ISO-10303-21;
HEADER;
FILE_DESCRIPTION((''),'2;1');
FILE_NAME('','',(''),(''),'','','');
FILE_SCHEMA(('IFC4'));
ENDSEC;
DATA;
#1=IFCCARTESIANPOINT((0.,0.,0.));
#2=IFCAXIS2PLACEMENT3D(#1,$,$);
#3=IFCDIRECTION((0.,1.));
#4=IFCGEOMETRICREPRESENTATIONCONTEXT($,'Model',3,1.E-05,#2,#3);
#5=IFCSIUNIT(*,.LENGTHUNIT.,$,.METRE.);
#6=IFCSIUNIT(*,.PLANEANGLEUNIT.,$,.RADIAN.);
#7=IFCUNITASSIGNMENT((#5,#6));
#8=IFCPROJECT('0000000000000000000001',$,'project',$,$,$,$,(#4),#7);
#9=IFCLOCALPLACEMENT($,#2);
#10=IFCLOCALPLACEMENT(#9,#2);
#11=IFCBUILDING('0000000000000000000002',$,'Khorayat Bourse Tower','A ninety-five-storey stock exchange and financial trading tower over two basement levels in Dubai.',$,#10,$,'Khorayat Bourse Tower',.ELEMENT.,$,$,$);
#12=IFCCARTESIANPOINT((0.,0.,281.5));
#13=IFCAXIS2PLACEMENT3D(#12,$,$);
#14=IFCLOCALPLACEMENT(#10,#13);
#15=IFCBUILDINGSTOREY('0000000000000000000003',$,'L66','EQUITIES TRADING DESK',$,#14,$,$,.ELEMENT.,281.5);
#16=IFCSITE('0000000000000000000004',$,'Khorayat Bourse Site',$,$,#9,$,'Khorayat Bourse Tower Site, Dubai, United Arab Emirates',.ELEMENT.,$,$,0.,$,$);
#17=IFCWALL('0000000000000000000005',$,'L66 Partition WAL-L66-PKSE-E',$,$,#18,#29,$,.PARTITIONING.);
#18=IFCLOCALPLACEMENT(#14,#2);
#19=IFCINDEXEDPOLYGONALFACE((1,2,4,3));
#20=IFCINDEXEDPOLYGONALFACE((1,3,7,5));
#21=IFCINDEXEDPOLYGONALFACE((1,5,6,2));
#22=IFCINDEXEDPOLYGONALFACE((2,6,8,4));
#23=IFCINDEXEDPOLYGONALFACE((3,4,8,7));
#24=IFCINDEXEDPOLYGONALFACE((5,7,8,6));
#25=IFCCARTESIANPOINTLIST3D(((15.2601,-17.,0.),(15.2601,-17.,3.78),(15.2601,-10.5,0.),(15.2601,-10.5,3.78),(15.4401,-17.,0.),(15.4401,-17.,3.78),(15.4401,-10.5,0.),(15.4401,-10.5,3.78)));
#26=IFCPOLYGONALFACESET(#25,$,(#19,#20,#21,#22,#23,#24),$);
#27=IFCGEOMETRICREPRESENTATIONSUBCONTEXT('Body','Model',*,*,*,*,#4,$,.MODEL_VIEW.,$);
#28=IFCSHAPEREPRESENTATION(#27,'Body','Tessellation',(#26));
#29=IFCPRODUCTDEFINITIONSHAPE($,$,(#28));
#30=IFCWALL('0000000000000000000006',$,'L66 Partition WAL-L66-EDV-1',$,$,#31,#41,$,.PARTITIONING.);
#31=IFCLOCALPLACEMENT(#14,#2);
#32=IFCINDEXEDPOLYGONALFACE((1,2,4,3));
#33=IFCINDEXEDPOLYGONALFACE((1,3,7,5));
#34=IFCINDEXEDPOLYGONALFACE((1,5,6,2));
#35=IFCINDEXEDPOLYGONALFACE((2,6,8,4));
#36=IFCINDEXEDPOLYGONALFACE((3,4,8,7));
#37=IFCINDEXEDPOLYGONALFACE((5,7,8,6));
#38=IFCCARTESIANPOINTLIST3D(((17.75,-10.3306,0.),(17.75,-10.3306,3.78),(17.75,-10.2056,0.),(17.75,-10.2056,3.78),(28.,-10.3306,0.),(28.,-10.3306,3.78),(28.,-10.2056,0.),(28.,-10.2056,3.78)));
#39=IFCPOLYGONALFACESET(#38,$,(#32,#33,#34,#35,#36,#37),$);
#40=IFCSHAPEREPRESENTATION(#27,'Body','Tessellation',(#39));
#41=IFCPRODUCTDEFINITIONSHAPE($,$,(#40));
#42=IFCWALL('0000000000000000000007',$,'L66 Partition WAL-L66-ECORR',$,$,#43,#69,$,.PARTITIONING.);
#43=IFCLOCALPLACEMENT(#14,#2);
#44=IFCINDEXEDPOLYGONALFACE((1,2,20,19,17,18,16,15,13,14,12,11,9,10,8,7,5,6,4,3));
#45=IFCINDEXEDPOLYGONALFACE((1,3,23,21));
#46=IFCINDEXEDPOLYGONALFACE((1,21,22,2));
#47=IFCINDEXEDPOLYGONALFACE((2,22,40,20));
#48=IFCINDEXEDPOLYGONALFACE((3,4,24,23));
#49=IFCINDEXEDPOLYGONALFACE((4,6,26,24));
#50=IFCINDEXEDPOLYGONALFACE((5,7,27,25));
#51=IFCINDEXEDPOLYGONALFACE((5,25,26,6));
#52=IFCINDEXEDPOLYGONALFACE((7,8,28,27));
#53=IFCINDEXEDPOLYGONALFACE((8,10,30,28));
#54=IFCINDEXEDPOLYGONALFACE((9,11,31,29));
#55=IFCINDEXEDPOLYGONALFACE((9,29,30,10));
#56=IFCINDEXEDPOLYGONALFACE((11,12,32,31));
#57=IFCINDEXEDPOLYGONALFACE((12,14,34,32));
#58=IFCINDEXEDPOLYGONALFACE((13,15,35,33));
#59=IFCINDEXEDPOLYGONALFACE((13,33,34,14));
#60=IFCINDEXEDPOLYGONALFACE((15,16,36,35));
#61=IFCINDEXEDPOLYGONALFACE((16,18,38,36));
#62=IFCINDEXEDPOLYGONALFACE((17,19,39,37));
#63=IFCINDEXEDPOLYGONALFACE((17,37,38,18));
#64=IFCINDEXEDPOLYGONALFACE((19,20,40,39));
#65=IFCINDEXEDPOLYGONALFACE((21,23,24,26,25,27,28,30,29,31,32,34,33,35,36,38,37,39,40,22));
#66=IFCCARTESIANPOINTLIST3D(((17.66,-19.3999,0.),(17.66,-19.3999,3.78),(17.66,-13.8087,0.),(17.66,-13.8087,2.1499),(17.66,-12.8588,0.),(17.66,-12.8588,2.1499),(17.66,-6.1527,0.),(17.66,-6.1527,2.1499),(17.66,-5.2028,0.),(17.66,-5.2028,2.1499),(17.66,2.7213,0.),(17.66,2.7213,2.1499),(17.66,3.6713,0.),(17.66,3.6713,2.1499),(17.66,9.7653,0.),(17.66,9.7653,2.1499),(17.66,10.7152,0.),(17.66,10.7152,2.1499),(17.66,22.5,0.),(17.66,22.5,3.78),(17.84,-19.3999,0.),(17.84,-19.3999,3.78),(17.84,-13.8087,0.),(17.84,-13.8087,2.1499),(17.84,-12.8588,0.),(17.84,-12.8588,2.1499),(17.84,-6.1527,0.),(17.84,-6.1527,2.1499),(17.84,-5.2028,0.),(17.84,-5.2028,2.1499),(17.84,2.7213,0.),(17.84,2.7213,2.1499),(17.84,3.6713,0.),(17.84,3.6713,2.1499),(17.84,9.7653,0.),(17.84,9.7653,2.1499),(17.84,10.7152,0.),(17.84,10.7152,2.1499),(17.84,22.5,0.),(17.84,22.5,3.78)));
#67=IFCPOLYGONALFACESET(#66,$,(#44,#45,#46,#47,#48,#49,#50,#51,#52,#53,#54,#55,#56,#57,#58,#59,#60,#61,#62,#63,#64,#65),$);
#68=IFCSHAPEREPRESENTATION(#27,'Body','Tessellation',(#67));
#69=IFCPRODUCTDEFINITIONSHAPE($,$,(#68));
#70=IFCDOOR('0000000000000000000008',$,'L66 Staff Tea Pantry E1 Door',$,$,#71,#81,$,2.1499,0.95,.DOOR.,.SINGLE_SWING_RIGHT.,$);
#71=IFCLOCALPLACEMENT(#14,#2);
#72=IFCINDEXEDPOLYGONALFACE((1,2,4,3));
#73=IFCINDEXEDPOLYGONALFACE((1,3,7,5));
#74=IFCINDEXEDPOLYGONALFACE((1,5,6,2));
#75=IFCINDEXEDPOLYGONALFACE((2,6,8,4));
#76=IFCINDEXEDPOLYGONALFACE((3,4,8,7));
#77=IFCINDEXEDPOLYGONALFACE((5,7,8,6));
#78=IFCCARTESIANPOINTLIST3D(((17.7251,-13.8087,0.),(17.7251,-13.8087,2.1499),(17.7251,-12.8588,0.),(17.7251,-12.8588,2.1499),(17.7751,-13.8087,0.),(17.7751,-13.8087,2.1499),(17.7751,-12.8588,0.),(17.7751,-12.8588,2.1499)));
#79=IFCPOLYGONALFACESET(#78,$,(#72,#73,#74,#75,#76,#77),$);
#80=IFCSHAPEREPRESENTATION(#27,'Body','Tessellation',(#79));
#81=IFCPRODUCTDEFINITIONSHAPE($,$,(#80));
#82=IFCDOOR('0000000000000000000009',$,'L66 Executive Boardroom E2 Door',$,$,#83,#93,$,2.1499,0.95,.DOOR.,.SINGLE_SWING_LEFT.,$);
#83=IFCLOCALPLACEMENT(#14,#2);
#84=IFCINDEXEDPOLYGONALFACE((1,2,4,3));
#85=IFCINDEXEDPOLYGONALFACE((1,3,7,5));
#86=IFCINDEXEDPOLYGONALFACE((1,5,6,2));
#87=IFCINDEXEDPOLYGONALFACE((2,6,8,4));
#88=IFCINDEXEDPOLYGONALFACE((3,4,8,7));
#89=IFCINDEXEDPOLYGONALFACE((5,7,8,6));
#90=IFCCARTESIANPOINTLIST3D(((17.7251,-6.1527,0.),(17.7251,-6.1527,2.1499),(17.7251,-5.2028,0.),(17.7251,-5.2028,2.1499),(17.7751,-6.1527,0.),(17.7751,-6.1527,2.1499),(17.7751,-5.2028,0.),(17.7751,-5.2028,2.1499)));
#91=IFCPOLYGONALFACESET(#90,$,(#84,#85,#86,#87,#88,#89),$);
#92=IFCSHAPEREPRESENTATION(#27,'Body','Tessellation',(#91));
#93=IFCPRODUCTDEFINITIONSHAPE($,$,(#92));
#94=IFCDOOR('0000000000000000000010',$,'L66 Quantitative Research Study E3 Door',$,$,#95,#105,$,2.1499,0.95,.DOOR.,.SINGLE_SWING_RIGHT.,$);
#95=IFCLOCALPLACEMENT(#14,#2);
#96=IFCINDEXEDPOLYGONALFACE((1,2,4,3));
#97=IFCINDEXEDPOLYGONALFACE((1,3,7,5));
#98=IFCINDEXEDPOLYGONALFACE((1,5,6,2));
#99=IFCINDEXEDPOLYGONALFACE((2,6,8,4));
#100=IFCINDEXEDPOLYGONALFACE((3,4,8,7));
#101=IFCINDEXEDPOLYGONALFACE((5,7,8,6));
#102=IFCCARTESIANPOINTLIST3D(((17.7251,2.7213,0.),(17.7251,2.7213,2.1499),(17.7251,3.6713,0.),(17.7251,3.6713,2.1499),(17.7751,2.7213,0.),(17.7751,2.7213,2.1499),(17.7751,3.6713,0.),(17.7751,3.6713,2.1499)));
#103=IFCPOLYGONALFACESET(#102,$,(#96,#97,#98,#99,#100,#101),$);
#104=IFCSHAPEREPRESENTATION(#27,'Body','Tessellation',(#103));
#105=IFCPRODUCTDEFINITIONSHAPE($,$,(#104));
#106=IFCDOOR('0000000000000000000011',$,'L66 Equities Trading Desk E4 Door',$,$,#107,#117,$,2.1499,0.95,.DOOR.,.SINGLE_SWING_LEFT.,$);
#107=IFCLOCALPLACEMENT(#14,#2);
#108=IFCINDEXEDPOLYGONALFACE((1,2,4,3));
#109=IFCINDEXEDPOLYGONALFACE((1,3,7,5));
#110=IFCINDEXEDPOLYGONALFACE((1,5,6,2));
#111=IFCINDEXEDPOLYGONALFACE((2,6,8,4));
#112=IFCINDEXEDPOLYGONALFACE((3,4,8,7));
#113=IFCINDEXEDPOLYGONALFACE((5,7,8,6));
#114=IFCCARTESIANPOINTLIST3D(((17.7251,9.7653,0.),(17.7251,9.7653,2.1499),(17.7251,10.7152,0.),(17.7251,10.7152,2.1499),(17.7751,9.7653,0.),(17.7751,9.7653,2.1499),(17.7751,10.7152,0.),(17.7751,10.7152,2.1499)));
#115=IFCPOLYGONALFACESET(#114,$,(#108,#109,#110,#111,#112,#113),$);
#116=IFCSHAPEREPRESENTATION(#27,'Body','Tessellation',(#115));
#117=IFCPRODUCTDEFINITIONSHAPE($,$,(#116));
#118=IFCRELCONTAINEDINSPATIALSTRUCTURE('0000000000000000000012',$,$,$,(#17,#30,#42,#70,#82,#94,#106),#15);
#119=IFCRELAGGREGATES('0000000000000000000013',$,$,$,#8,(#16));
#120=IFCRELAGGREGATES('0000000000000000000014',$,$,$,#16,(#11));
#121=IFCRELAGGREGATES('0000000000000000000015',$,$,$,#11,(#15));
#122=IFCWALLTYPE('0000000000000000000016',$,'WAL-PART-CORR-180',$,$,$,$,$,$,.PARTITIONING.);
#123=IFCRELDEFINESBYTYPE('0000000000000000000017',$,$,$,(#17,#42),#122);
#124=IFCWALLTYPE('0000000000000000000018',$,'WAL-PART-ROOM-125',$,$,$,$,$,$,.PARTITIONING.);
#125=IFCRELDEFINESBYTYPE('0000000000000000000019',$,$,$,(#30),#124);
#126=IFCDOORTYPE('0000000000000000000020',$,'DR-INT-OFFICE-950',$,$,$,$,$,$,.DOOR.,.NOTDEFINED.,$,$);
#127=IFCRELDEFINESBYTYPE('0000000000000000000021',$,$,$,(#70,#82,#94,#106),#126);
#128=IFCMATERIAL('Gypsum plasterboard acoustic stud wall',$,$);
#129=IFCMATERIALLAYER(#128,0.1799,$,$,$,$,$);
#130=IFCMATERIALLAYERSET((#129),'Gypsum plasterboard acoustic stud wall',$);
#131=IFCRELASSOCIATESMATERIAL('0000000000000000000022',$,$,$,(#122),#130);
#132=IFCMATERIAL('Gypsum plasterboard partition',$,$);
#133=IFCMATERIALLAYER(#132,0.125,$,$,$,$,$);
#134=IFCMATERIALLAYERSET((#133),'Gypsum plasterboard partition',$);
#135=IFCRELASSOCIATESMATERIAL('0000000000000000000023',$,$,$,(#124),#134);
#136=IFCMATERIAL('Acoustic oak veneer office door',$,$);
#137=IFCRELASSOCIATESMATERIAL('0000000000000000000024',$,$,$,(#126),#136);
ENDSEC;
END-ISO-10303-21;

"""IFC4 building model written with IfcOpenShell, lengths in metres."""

from ifc_helpers import new_model, si_unit, direction, frame, frame_2d, origin, place, context, subcontext, project, spatial, rectangle, extrude, source, transform, mapped, material, layer, layer_set, type_object, element, fill, save


model = new_model("IFC4")

# Units and contexts
model_context = context("Model", 3, precision=1e-05, world=origin(), true_north=direction((0.0, 1.0)))
body_context = subcontext(model_context, "Body", "Model", "MODEL_VIEW")
ifc_project = project(units=[si_unit("LENGTHUNIT", "METRE"), si_unit("PLANEANGLEUNIT", "RADIAN")], contexts=[model_context])

# Site, building, storey
site_placement = place(None, origin())
site = spatial("IfcSite", under=ifc_project, at=site_placement, Name="Khorayat Bourse Site", LongName="Khorayat Bourse Tower Site, Dubai, United Arab Emirates", CompositionType="ELEMENT", RefElevation=0.0)
building_placement = place(site_placement, origin())
building = spatial("IfcBuilding", under=site, at=building_placement, Name="Khorayat Bourse Tower", Description="A ninety-five-storey stock exchange and financial trading tower over two basement levels in Dubai.", LongName="Khorayat Bourse Tower", CompositionType="ELEMENT")
storey_placement = place(building_placement, frame((0.0, 0.0, 281.5)))
storey = spatial("IfcBuildingStorey", under=building, at=storey_placement, Name="L66", Description="EQUITIES TRADING DESK", CompositionType="ELEMENT", Elevation=281.5)

# Shared definitions
ifc_material_1 = material(Name="Gypsum plasterboard acoustic stud wall")
ifc_layer_1 = layer(ifc_material_1, 0.1799)
ifc_layer_set_1 = layer_set([ifc_layer_1], Name="Gypsum plasterboard acoustic stud wall")
wall_type_1 = type_object("IfcWallType", Name="WAL-PART-CORR-180", PredefinedType="PARTITIONING", material=ifc_layer_set_1)

# Walls
shared_shape_1 = source(origin(), body_context, "Body", "SweptSolid", [
    extrude(rectangle(XDim=6.5, YDim=0.1799, at=frame_2d((3.25, 0.0))), origin(), (0.0, 0.0, 1.0), 3.78),
])
wall_1_placement = place(storey_placement, frame((15.3501, -17.0, 0.0), z_axis=(0.0, 0.0, 1.0), x_axis=(0.0, 1.0, 0.0)))
element("IfcWall", 1, at=wall_1_placement, inside=storey, type_object=wall_type_1, Name="L66 Partition WAL-L66-PKSE-E", PredefinedType="PARTITIONING", context=body_context, shape_type="MappedRepresentation", body=[
    mapped(shared_shape_1, transform((0.0, 0.0, 0.0), scale=1.0)),
])
ifc_material_2 = material(Name="Gypsum plasterboard partition")
ifc_layer_2 = layer(ifc_material_2, 0.125)
ifc_layer_set_2 = layer_set([ifc_layer_2], Name="Gypsum plasterboard partition")
wall_type_2 = type_object("IfcWallType", Name="WAL-PART-ROOM-125", PredefinedType="PARTITIONING", material=ifc_layer_set_2)
shared_shape_2 = source(origin(), body_context, "Body", "SweptSolid", [
    extrude(rectangle(XDim=10.25, YDim=0.125, at=frame_2d((5.125, 0.0))), origin(), (0.0, 0.0, 1.0), 3.78),
])
wall_2_placement = place(storey_placement, frame((17.75, -10.2681, 0.0), z_axis=(0.0, 0.0, 1.0), x_axis=(1.0, 0.0, 0.0)))
element("IfcWall", 2, at=wall_2_placement, inside=storey, type_object=wall_type_2, Name="L66 Partition WAL-L66-EDV-1", PredefinedType="PARTITIONING", context=body_context, shape_type="MappedRepresentation", body=[
    mapped(shared_shape_2, transform((0.0, 0.0, 0.0), scale=1.0)),
])

# Wall, openings, doors
shared_shape_3 = source(origin(), body_context, "Body", "SweptSolid", [
    extrude(rectangle(XDim=41.8999, YDim=0.1799, at=frame_2d((20.95, 0.0))), origin(), (0.0, 0.0, 1.0), 3.78),
])
wall_3_placement = place(storey_placement, frame((17.75, -19.3999, 0.0), z_axis=(0.0, 0.0, 1.0), x_axis=(0.0, 1.0, 0.0)))
wall_3 = element("IfcWall", 3, at=wall_3_placement, inside=storey, type_object=wall_type_1, Name="L66 Partition WAL-L66-ECORR", PredefinedType="PARTITIONING", context=body_context, shape_type="MappedRepresentation", body=[
    mapped(shared_shape_3, transform((0.0, 0.0, 0.0), scale=1.0)),
])
shared_shape_4 = source(origin(), body_context, "Body", "SweptSolid", [
    extrude(rectangle(XDim=0.95, YDim=2.1499, at=frame_2d((0.4751, 1.075))), frame((0.0, 0.0999, 0.0), z_axis=(0.0, -1.0, 0.0), x_axis=(1.0, 0.0, 0.0)), (0.0, 0.0, 1.0), 0.2),
])
opening_1_placement = place(wall_3_placement, frame((5.5911, 0.0, 0.0)))
opening_1 = element("IfcOpeningElement", 4, at=opening_1_placement, cuts=wall_3, PredefinedType="OPENING", context=body_context, shape_type="MappedRepresentation", body=[
    mapped(shared_shape_4, transform((0.0, 0.0, 0.0), scale=1.0)),
])
opening_2_placement = place(wall_3_placement, frame((13.2471, 0.0, 0.0)))
opening_2 = element("IfcOpeningElement", 5, at=opening_2_placement, cuts=wall_3, PredefinedType="OPENING", context=body_context, shape_type="MappedRepresentation", body=[
    mapped(shared_shape_4, transform((0.0, 0.0, 0.0), scale=1.0)),
])
opening_3_placement = place(wall_3_placement, frame((22.1211, 0.0, 0.0)))
opening_3 = element("IfcOpeningElement", 6, at=opening_3_placement, cuts=wall_3, PredefinedType="OPENING", context=body_context, shape_type="MappedRepresentation", body=[
    mapped(shared_shape_4, transform((0.0, 0.0, 0.0), scale=1.0)),
])
opening_4_placement = place(wall_3_placement, frame((29.165, 0.0, 0.0)))
opening_4 = element("IfcOpeningElement", 7, at=opening_4_placement, cuts=wall_3, PredefinedType="OPENING", context=body_context, shape_type="MappedRepresentation", body=[
    mapped(shared_shape_4, transform((0.0, 0.0, 0.0), scale=1.0)),
])
ifc_material_3 = material(Name="Acoustic oak veneer office door")
door_type_1 = type_object("IfcDoorType", Name="DR-INT-OFFICE-950", OperationType="NOTDEFINED", PredefinedType="DOOR", material=ifc_material_3)
shared_shape_5 = source(origin(), body_context, "Body", "SweptSolid", [
    extrude(rectangle(XDim=0.95, YDim=2.1499, at=frame_2d((0.4751, 1.075))), frame((0.0, 0.0249, 0.0), z_axis=(0.0, -1.0, 0.0), x_axis=(1.0, 0.0, 0.0)), (0.0, 0.0, 1.0), 0.05),
])
door_1_placement = place(opening_1_placement, origin())
door_1 = element("IfcDoor", 8, at=door_1_placement, inside=storey, type_object=door_type_1, Name="L66 Staff Tea Pantry E1 Door", OperationType="SINGLE_SWING_RIGHT", OverallHeight=2.1499, OverallWidth=0.95, PredefinedType="DOOR", context=body_context, shape_type="MappedRepresentation", body=[
    mapped(shared_shape_5, transform((0.0, 0.0, 0.0), scale=1.0)),
])
fill(opening_1, door_1)
door_2_placement = place(opening_2_placement, origin())
door_2 = element("IfcDoor", 9, at=door_2_placement, inside=storey, type_object=door_type_1, Name="L66 Executive Boardroom E2 Door", OperationType="SINGLE_SWING_LEFT", OverallHeight=2.1499, OverallWidth=0.95, PredefinedType="DOOR", context=body_context, shape_type="MappedRepresentation", body=[
    mapped(shared_shape_5, transform((0.0, 0.0, 0.0), scale=1.0)),
])
fill(opening_2, door_2)
door_3_placement = place(opening_3_placement, origin())
door_3 = element("IfcDoor", 10, at=door_3_placement, inside=storey, type_object=door_type_1, Name="L66 Quantitative Research Study E3 Door", OperationType="SINGLE_SWING_RIGHT", OverallHeight=2.1499, OverallWidth=0.95, PredefinedType="DOOR", context=body_context, shape_type="MappedRepresentation", body=[
    mapped(shared_shape_5, transform((0.0, 0.0, 0.0), scale=1.0)),
])
fill(opening_3, door_3)
door_4_placement = place(opening_4_placement, origin())
door_4 = element("IfcDoor", 11, at=door_4_placement, inside=storey, type_object=door_type_1, Name="L66 Equities Trading Desk E4 Door", OperationType="SINGLE_SWING_LEFT", OverallHeight=2.1499, OverallWidth=0.95, PredefinedType="DOOR", context=body_context, shape_type="MappedRepresentation", body=[
    mapped(shared_shape_5, transform((0.0, 0.0, 0.0), scale=1.0)),
])
fill(opening_4, door_4)

save(model, "model.ifc")
